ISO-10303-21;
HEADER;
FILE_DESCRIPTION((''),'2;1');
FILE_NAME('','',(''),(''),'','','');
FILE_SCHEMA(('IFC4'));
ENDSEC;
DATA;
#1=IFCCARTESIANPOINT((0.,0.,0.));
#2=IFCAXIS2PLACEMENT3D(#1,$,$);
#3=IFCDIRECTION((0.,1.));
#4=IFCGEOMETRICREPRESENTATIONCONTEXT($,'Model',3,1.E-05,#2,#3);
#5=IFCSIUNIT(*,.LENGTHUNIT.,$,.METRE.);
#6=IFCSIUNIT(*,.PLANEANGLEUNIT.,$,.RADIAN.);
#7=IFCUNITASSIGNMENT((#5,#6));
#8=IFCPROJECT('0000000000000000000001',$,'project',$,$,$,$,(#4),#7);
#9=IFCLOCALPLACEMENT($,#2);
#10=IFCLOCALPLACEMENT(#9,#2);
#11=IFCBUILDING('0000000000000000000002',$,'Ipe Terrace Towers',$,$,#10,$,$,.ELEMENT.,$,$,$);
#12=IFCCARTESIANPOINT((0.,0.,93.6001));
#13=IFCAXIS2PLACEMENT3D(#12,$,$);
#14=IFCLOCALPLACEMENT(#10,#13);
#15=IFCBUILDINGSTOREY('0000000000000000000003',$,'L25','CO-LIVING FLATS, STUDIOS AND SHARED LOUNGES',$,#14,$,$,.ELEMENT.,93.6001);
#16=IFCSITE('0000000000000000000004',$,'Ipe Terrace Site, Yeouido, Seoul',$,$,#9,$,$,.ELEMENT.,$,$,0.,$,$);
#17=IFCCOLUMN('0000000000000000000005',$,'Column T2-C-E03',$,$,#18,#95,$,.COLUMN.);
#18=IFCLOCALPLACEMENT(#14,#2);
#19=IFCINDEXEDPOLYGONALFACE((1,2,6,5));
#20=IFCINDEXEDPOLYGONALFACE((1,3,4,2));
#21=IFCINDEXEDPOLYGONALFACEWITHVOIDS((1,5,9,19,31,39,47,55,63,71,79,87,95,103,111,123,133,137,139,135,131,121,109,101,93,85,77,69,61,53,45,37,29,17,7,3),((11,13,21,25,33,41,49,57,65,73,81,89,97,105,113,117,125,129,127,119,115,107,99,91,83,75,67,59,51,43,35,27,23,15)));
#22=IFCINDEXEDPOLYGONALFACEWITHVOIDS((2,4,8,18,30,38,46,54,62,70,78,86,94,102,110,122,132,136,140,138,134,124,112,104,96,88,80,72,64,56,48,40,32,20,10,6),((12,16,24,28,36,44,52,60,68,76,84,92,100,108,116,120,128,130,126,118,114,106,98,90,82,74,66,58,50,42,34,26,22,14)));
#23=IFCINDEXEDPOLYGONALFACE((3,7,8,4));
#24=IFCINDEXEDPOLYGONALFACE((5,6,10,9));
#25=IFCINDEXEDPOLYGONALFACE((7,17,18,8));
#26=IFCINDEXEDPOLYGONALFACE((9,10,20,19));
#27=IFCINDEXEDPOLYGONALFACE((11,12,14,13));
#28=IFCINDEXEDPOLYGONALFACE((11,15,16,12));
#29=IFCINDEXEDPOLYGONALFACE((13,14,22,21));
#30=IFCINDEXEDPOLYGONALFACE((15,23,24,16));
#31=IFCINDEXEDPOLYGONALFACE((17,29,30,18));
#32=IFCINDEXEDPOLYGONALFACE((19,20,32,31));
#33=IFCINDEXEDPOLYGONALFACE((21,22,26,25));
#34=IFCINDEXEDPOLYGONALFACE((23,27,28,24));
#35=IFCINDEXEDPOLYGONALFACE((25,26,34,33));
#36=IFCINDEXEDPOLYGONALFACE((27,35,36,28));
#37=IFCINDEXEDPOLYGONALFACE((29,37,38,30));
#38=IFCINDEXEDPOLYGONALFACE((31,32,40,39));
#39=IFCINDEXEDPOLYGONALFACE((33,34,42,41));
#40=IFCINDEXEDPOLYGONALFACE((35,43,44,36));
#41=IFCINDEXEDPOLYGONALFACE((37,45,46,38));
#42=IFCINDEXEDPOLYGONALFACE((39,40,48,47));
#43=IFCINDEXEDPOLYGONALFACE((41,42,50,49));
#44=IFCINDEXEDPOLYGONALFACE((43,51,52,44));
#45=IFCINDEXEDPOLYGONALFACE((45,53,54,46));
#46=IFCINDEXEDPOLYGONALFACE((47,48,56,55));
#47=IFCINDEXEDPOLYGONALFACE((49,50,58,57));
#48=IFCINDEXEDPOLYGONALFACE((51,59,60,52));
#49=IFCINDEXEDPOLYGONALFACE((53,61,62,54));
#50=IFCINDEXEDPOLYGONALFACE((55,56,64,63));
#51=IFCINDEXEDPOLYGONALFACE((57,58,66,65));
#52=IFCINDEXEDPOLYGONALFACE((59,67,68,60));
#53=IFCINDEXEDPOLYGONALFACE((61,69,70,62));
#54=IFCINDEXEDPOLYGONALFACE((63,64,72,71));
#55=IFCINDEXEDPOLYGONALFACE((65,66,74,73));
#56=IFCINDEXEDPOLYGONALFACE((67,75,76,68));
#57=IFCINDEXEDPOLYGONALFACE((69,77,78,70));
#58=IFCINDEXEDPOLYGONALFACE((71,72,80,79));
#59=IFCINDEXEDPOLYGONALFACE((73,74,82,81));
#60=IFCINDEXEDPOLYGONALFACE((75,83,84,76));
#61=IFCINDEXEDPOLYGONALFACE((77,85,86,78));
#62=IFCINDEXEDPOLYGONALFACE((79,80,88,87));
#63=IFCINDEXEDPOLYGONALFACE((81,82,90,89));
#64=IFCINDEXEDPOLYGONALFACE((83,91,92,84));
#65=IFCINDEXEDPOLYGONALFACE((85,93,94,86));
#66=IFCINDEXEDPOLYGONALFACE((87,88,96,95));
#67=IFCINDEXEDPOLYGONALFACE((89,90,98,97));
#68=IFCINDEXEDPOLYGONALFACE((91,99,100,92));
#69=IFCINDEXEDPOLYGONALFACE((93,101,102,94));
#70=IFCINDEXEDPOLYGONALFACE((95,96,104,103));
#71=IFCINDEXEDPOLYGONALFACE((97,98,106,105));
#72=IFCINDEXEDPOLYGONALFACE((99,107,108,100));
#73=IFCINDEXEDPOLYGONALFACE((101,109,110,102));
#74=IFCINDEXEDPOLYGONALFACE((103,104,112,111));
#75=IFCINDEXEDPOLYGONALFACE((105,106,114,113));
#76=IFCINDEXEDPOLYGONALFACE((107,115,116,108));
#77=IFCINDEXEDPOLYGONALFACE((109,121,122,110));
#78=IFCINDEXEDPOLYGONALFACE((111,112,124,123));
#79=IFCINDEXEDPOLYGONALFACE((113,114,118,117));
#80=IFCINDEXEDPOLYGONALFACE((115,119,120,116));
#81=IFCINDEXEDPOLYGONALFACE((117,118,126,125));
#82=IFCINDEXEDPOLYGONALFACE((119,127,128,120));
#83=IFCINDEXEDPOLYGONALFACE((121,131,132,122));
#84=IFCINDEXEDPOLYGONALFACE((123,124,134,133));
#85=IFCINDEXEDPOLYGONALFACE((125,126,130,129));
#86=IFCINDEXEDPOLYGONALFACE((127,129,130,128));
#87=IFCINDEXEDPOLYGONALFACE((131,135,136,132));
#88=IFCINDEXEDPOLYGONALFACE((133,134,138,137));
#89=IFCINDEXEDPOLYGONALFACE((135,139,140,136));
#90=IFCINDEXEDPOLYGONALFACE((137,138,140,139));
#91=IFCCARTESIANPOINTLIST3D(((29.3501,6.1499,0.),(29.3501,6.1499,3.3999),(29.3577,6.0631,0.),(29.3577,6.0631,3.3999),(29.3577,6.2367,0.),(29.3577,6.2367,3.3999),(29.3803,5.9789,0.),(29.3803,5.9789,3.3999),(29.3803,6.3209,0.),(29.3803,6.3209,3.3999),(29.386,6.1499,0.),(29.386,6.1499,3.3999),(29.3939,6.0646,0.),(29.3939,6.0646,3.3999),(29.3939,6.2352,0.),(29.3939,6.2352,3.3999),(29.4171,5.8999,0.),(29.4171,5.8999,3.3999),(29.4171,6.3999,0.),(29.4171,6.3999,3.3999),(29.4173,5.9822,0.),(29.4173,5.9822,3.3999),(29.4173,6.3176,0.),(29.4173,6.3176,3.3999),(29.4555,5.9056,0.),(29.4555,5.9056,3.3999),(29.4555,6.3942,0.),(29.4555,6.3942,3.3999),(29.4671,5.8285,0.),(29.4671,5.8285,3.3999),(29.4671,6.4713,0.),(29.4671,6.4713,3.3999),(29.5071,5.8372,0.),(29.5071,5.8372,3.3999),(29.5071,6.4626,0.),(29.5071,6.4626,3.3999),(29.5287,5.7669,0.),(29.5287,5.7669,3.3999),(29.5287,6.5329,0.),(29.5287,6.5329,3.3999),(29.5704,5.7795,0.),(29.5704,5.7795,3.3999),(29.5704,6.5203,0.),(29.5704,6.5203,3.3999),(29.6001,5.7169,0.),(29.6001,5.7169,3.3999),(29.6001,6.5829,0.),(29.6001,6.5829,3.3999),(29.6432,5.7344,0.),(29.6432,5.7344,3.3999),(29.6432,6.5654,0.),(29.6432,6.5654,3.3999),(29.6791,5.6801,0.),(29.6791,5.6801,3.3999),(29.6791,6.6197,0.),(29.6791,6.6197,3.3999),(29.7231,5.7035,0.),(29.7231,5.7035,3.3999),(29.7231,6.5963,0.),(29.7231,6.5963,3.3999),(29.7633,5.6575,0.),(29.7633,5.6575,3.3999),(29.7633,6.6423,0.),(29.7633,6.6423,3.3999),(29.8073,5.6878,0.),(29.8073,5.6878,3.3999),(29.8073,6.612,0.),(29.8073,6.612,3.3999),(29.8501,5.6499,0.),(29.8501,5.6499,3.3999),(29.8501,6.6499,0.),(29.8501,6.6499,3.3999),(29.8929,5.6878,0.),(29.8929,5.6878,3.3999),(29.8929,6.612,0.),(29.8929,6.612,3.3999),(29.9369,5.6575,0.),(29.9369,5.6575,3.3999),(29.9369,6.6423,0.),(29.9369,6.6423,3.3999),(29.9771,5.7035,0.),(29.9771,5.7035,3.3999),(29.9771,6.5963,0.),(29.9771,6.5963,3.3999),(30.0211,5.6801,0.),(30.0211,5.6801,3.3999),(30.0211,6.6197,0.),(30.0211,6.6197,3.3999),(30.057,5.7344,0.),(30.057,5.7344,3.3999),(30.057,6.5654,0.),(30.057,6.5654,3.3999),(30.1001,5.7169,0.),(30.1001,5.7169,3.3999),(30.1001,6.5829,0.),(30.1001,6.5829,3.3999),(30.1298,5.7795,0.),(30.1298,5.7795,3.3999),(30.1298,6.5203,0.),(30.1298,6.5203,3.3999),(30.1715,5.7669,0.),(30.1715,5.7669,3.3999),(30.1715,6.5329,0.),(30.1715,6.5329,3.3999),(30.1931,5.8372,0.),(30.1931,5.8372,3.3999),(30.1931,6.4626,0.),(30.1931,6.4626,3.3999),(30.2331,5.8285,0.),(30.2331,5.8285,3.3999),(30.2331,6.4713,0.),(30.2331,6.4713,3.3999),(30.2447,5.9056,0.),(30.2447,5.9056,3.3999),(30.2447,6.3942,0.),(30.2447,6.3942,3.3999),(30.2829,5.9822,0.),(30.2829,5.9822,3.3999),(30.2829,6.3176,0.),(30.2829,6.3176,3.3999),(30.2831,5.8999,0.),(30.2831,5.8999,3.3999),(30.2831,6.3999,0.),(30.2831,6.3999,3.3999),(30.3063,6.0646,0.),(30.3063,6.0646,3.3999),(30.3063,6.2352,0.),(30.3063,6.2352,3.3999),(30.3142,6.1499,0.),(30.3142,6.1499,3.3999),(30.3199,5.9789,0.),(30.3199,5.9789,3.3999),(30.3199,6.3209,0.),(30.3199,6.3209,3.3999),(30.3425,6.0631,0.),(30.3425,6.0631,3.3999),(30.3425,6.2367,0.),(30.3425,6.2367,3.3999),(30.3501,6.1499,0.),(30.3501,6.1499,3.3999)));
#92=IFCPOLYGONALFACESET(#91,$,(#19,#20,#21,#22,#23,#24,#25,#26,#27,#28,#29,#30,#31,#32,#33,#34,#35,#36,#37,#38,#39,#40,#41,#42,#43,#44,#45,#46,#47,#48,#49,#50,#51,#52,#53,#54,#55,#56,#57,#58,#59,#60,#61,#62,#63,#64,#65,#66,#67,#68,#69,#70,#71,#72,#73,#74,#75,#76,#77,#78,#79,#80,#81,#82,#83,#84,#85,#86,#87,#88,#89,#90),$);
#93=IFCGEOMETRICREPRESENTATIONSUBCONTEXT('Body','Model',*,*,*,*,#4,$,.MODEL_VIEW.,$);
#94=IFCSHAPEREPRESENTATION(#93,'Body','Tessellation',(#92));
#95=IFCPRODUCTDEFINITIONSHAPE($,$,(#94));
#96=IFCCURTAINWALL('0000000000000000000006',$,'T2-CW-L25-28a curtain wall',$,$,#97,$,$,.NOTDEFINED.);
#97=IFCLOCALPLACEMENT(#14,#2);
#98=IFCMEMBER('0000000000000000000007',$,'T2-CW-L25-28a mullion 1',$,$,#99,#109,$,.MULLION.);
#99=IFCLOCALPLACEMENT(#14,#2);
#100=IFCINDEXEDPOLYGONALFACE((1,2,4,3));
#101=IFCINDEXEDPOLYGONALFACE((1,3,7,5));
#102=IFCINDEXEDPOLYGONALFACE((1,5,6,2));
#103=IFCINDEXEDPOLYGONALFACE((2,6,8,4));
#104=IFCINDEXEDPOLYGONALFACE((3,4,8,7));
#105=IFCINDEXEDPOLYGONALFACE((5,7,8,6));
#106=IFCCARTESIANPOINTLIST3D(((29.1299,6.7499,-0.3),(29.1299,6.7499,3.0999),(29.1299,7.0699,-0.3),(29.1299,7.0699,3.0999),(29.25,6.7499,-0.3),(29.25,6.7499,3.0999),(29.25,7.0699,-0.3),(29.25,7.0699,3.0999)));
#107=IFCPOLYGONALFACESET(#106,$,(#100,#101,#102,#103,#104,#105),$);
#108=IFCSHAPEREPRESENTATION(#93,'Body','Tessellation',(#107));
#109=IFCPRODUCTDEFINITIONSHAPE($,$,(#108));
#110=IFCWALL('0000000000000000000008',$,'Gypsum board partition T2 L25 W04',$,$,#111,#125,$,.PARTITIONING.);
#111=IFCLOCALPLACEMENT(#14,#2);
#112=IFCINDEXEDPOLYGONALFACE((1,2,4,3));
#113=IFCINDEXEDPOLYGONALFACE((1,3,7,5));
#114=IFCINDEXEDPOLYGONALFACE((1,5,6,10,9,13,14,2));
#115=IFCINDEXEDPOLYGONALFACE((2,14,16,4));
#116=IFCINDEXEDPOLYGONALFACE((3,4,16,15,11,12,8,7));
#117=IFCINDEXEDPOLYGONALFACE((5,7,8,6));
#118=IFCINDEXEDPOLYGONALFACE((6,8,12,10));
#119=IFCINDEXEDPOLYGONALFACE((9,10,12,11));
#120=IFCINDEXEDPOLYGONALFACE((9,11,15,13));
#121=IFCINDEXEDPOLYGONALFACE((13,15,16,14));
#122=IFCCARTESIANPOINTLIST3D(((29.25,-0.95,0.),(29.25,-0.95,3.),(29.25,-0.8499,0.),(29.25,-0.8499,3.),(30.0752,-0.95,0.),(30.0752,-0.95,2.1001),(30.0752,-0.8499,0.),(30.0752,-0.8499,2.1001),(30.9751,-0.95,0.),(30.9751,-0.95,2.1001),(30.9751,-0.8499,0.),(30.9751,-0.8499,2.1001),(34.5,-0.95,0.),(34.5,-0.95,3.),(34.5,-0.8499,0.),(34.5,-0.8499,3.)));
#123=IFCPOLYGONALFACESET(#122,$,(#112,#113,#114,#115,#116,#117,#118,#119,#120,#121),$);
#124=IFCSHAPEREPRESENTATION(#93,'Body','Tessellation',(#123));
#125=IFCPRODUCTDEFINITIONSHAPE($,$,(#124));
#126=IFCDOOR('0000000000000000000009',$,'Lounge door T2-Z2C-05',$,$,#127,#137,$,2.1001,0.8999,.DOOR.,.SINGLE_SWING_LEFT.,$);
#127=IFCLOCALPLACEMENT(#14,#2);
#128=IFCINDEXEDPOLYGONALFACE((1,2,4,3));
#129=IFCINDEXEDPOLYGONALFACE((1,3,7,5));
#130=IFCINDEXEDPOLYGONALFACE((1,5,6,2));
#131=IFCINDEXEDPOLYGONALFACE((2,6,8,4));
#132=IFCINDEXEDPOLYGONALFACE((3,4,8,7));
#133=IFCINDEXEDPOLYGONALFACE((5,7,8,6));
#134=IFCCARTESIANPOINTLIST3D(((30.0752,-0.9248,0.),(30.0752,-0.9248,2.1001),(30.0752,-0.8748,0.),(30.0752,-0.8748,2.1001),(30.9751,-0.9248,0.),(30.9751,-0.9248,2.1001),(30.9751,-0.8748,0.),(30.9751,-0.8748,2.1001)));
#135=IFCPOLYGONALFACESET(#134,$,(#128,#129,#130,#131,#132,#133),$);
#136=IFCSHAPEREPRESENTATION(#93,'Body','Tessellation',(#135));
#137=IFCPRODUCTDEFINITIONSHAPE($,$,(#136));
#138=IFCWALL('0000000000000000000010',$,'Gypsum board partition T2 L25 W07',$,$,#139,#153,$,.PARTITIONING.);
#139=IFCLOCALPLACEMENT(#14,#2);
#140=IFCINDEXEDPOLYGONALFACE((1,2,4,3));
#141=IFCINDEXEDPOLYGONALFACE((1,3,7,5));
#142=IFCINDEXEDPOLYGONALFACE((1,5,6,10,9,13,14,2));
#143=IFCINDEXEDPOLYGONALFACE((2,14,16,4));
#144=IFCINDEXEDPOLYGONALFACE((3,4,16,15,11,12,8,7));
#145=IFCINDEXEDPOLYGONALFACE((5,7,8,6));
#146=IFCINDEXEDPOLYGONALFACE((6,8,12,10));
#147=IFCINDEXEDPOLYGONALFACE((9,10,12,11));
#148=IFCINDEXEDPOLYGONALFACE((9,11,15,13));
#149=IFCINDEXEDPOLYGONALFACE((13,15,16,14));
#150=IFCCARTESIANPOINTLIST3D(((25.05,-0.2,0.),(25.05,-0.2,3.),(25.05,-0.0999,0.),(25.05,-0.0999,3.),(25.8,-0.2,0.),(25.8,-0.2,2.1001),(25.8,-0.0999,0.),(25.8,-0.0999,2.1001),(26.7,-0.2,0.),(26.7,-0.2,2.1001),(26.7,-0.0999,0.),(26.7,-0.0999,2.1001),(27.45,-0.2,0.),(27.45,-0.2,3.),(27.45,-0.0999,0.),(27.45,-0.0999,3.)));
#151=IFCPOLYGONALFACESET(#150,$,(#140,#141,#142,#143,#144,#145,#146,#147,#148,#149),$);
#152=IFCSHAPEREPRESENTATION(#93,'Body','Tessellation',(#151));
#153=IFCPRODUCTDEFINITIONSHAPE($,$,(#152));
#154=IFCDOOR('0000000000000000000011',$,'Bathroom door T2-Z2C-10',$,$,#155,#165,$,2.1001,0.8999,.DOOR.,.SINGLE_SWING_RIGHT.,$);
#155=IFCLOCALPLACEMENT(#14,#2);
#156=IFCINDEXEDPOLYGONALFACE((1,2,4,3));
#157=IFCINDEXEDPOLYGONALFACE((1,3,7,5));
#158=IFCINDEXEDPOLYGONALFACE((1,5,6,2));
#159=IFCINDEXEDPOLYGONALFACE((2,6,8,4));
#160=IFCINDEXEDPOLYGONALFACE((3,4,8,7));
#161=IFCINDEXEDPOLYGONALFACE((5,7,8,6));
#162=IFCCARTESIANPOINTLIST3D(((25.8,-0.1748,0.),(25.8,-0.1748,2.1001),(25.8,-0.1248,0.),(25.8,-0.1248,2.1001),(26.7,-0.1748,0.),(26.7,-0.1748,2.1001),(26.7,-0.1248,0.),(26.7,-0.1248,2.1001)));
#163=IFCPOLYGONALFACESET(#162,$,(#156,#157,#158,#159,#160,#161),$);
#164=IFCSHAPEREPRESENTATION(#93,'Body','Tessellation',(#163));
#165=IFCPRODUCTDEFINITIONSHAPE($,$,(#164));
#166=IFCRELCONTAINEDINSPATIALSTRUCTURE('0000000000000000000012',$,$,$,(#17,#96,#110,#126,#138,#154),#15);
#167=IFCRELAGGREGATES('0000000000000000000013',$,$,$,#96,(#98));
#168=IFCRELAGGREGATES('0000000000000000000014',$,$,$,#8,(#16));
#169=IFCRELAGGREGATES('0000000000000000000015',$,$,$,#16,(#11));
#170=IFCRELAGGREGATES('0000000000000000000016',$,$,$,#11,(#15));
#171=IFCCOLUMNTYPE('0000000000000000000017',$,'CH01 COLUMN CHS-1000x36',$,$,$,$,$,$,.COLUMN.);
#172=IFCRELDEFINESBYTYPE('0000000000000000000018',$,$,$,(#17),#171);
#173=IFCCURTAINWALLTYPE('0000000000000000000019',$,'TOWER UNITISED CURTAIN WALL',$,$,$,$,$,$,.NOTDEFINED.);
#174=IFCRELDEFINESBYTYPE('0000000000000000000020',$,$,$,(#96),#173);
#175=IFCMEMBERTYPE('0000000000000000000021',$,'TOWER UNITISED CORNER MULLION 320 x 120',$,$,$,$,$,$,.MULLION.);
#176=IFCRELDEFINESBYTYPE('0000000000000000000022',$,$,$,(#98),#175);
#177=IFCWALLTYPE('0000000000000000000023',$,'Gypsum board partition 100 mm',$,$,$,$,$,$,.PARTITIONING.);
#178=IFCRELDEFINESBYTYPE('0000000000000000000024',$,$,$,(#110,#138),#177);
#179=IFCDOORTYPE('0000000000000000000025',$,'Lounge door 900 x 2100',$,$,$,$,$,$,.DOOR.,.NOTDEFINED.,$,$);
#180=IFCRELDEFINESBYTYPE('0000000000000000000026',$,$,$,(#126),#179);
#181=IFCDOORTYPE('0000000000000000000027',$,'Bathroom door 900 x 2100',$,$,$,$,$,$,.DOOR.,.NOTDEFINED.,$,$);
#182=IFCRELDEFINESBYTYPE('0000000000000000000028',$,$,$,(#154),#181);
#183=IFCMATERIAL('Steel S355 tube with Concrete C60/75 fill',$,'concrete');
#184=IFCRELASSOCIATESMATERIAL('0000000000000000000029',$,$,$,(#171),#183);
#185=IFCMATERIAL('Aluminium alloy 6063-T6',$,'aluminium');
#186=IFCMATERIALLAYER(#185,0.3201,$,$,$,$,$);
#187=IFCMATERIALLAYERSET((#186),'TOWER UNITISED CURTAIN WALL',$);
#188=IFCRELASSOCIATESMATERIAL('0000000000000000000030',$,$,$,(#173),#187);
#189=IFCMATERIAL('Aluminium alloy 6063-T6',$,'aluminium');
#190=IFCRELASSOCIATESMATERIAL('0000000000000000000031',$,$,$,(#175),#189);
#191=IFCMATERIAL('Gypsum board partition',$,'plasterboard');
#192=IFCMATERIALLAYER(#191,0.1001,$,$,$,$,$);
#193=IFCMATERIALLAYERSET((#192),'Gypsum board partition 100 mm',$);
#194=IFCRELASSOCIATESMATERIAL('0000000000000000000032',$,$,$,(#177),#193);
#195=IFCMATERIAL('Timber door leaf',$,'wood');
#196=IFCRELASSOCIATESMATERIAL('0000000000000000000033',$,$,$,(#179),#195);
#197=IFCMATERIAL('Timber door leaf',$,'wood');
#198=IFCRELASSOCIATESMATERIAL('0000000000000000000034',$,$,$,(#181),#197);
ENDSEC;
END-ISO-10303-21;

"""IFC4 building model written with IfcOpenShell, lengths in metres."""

from ifc_helpers import new_model, si_unit, direction, frame, frame_2d, origin, origin_2d, place, context, subcontext, project, spatial, rectangle, hollow_circle, extrude, material, layer, layer_set, material_profile, profile_set, type_object, element, fill, aggregate, save


model = new_model("IFC4")

# Units and contexts
model_context = context("Model", 3, precision=1e-05, world=origin(), true_north=direction((0.0, 1.0)))
body_context = subcontext(model_context, "Body", "Model", "MODEL_VIEW")
ifc_project = project(units=[si_unit("LENGTHUNIT", "METRE"), si_unit("PLANEANGLEUNIT", "RADIAN")], contexts=[model_context])

# Site, building, storey
site_placement = place(None, origin())
site = spatial("IfcSite", under=ifc_project, at=site_placement, Name="Ipe Terrace Site, Yeouido, Seoul", CompositionType="ELEMENT", RefElevation=0.0)
building_placement = place(site_placement, origin())
building = spatial("IfcBuilding", under=site, at=building_placement, Name="Ipe Terrace Towers", CompositionType="ELEMENT")
storey_placement = place(building_placement, frame((0.0, 0.0, 93.6001)))
storey = spatial("IfcBuildingStorey", under=building, at=storey_placement, Name="L25", Description="CO-LIVING FLATS, STUDIOS AND SHARED LOUNGES", CompositionType="ELEMENT", Elevation=93.6001)

# Column
ifc_material_1 = material(Name="Steel S355 tube with Concrete C60/75 fill", Category="concrete")
ifc_material_profile_1 = material_profile(ifc_material_1, hollow_circle(Radius=0.5, WallThickness=0.0359, at=origin_2d()), Name="CHS-1000x36")
ifc_profile_set_1 = profile_set([ifc_material_profile_1], Name="Steel S355 tube with Concrete C60/75 fill")
column_type = type_object("IfcColumnType", Name="CH01 COLUMN CHS-1000x36", PredefinedType="COLUMN", material=ifc_profile_set_1)
column_placement = place(storey_placement, frame((29.8501, 6.1499, 0.0), z_axis=(0.0, 0.0, 1.0), x_axis=(1.0, 0.0, 0.0)))
element("IfcColumn", 1, at=column_placement, inside=storey, type_object=column_type, Name="Column T2-C-E03", PredefinedType="COLUMN", context=body_context, shape_type="SweptSolid", body=[
    extrude(hollow_circle(Radius=0.5, WallThickness=0.0359, at=origin_2d()), origin(), (0.0, 0.0, 1.0), 3.3999),
])

# Curtain wall, member
ifc_material_2 = material(Name="Aluminium alloy 6063-T6", Category="aluminium")
ifc_layer_1 = layer(ifc_material_2, 0.3201)
ifc_layer_set_1 = layer_set([ifc_layer_1], Name="TOWER UNITISED CURTAIN WALL")
curtain_wall_type = type_object("IfcCurtainWallType", Name="TOWER UNITISED CURTAIN WALL", PredefinedType="NOTDEFINED", material=ifc_layer_set_1)
curtain_wall_placement = place(storey_placement, origin())
curtain_wall = element("IfcCurtainWall", 2, at=curtain_wall_placement, inside=storey, type_object=curtain_wall_type, Name="T2-CW-L25-28a curtain wall", PredefinedType="NOTDEFINED")
ifc_material_3 = material(Name="Aluminium alloy 6063-T6", Category="aluminium")
ifc_material_profile_2 = material_profile(ifc_material_3, rectangle(XDim=0.3201, YDim=0.1201, at=origin_2d()), Name="TOWER UNITISED CORNER MULLION 320 x 120")
ifc_profile_set_2 = profile_set([ifc_material_profile_2], Name="Aluminium alloy 6063-T6")
member_type = type_object("IfcMemberType", Name="TOWER UNITISED CORNER MULLION 320 x 120", PredefinedType="MULLION", material=ifc_profile_set_2)
member_placement = place(storey_placement, frame((29.1899, 6.9099, -0.3), z_axis=(0.0, 0.0, 1.0), x_axis=(0.0, 1.0, 0.0)))
member = element("IfcMember", 3, at=member_placement, type_object=member_type, Name="T2-CW-L25-28a mullion 1", PredefinedType="MULLION", context=body_context, shape_type="SweptSolid", body=[
    extrude(rectangle(XDim=0.3201, YDim=0.1201, at=origin_2d()), origin(), (0.0, 0.0, 1.0), 3.3999),
])
aggregate(curtain_wall, [member])

# Walls, openings, doors
ifc_material_4 = material(Name="Gypsum board partition", Category="plasterboard")
ifc_layer_2 = layer(ifc_material_4, 0.1001)
ifc_layer_set_2 = layer_set([ifc_layer_2], Name="Gypsum board partition 100 mm")
wall_type_1 = type_object("IfcWallType", Name="Gypsum board partition 100 mm", PredefinedType="PARTITIONING", material=ifc_layer_set_2)
wall_1_placement = place(storey_placement, frame((34.5, -0.8999, 0.0), z_axis=(0.0, 0.0, 1.0), x_axis=(-1.0, 0.0, 0.0)))
wall_1 = element("IfcWall", 4, at=wall_1_placement, inside=storey, type_object=wall_type_1, Name="Gypsum board partition T2 L25 W04", PredefinedType="PARTITIONING", context=body_context, shape_type="SweptSolid", body=[
    extrude(rectangle(XDim=5.25, YDim=0.1001, at=frame_2d((2.625, 0.0))), origin(), (0.0, 0.0, 1.0), 3.0),
])
opening_1_placement = place(wall_1_placement, frame((3.5249, 0.0, 0.0)))
opening_1 = element("IfcOpeningElement", 5, at=opening_1_placement, cuts=wall_1, PredefinedType="OPENING", context=body_context, shape_type="SweptSolid", body=[
    extrude(rectangle(XDim=0.8999, YDim=2.1001, at=frame_2d((0.45, 1.05))), frame((0.0, 0.0601, 0.0), z_axis=(0.0, -1.0, 0.0), x_axis=(1.0, 0.0, 0.0)), (0.0, 0.0, 1.0), 0.1201),
])
ifc_material_5 = material(Name="Timber door leaf", Category="wood")
door_type_1 = type_object("IfcDoorType", Name="Lounge door 900 x 2100", OperationType="NOTDEFINED", PredefinedType="DOOR", material=ifc_material_5)
door_1_placement = place(opening_1_placement, origin())
door_1 = element("IfcDoor", 6, at=door_1_placement, inside=storey, type_object=door_type_1, Name="Lounge door T2-Z2C-05", OperationType="SINGLE_SWING_LEFT", OverallHeight=2.1001, OverallWidth=0.8999, PredefinedType="DOOR", context=body_context, shape_type="SweptSolid", body=[
    extrude(rectangle(XDim=0.8999, YDim=2.1001, at=frame_2d((0.45, 1.05))), frame((0.0, 0.0249, 0.0), z_axis=(0.0, -1.0, 0.0), x_axis=(1.0, 0.0, 0.0)), (0.0, 0.0, 1.0), 0.05),
])
fill(opening_1, door_1)
wall_2_placement = place(storey_placement, frame((27.45, -0.1499, 0.0), z_axis=(0.0, 0.0, 1.0), x_axis=(-1.0, 0.0, 0.0)))
wall_2 = element("IfcWall", 7, at=wall_2_placement, inside=storey, type_object=wall_type_1, Name="Gypsum board partition T2 L25 W07", PredefinedType="PARTITIONING", context=body_context, shape_type="SweptSolid", body=[
    extrude(rectangle(XDim=2.3999, YDim=0.1001, at=frame_2d((1.2, 0.0))), origin(), (0.0, 0.0, 1.0), 3.0),
])
opening_2_placement = place(wall_2_placement, frame((0.75, 0.0, 0.0)))
opening_2 = element("IfcOpeningElement", 8, at=opening_2_placement, cuts=wall_2, PredefinedType="OPENING", context=body_context, shape_type="SweptSolid", body=[
    extrude(rectangle(XDim=0.8999, YDim=2.1001, at=frame_2d((0.45, 1.05))), frame((0.0, 0.0601, 0.0), z_axis=(0.0, -1.0, 0.0), x_axis=(1.0, 0.0, 0.0)), (0.0, 0.0, 1.0), 0.1201),
])
ifc_material_6 = material(Name="Timber door leaf", Category="wood")
door_type_2 = type_object("IfcDoorType", Name="Bathroom door 900 x 2100", OperationType="NOTDEFINED", PredefinedType="DOOR", material=ifc_material_6)
door_2_placement = place(opening_2_placement, origin())
door_2 = element("IfcDoor", 9, at=door_2_placement, inside=storey, type_object=door_type_2, Name="Bathroom door T2-Z2C-10", OperationType="SINGLE_SWING_RIGHT", OverallHeight=2.1001, OverallWidth=0.8999, PredefinedType="DOOR", context=body_context, shape_type="SweptSolid", body=[
    extrude(rectangle(XDim=0.8999, YDim=2.1001, at=frame_2d((0.45, 1.05))), frame((0.0, 0.0249, 0.0), z_axis=(0.0, -1.0, 0.0), x_axis=(1.0, 0.0, 0.0)), (0.0, 0.0, 1.0), 0.05),
])
fill(opening_2, door_2)

save(model, "model.ifc")
